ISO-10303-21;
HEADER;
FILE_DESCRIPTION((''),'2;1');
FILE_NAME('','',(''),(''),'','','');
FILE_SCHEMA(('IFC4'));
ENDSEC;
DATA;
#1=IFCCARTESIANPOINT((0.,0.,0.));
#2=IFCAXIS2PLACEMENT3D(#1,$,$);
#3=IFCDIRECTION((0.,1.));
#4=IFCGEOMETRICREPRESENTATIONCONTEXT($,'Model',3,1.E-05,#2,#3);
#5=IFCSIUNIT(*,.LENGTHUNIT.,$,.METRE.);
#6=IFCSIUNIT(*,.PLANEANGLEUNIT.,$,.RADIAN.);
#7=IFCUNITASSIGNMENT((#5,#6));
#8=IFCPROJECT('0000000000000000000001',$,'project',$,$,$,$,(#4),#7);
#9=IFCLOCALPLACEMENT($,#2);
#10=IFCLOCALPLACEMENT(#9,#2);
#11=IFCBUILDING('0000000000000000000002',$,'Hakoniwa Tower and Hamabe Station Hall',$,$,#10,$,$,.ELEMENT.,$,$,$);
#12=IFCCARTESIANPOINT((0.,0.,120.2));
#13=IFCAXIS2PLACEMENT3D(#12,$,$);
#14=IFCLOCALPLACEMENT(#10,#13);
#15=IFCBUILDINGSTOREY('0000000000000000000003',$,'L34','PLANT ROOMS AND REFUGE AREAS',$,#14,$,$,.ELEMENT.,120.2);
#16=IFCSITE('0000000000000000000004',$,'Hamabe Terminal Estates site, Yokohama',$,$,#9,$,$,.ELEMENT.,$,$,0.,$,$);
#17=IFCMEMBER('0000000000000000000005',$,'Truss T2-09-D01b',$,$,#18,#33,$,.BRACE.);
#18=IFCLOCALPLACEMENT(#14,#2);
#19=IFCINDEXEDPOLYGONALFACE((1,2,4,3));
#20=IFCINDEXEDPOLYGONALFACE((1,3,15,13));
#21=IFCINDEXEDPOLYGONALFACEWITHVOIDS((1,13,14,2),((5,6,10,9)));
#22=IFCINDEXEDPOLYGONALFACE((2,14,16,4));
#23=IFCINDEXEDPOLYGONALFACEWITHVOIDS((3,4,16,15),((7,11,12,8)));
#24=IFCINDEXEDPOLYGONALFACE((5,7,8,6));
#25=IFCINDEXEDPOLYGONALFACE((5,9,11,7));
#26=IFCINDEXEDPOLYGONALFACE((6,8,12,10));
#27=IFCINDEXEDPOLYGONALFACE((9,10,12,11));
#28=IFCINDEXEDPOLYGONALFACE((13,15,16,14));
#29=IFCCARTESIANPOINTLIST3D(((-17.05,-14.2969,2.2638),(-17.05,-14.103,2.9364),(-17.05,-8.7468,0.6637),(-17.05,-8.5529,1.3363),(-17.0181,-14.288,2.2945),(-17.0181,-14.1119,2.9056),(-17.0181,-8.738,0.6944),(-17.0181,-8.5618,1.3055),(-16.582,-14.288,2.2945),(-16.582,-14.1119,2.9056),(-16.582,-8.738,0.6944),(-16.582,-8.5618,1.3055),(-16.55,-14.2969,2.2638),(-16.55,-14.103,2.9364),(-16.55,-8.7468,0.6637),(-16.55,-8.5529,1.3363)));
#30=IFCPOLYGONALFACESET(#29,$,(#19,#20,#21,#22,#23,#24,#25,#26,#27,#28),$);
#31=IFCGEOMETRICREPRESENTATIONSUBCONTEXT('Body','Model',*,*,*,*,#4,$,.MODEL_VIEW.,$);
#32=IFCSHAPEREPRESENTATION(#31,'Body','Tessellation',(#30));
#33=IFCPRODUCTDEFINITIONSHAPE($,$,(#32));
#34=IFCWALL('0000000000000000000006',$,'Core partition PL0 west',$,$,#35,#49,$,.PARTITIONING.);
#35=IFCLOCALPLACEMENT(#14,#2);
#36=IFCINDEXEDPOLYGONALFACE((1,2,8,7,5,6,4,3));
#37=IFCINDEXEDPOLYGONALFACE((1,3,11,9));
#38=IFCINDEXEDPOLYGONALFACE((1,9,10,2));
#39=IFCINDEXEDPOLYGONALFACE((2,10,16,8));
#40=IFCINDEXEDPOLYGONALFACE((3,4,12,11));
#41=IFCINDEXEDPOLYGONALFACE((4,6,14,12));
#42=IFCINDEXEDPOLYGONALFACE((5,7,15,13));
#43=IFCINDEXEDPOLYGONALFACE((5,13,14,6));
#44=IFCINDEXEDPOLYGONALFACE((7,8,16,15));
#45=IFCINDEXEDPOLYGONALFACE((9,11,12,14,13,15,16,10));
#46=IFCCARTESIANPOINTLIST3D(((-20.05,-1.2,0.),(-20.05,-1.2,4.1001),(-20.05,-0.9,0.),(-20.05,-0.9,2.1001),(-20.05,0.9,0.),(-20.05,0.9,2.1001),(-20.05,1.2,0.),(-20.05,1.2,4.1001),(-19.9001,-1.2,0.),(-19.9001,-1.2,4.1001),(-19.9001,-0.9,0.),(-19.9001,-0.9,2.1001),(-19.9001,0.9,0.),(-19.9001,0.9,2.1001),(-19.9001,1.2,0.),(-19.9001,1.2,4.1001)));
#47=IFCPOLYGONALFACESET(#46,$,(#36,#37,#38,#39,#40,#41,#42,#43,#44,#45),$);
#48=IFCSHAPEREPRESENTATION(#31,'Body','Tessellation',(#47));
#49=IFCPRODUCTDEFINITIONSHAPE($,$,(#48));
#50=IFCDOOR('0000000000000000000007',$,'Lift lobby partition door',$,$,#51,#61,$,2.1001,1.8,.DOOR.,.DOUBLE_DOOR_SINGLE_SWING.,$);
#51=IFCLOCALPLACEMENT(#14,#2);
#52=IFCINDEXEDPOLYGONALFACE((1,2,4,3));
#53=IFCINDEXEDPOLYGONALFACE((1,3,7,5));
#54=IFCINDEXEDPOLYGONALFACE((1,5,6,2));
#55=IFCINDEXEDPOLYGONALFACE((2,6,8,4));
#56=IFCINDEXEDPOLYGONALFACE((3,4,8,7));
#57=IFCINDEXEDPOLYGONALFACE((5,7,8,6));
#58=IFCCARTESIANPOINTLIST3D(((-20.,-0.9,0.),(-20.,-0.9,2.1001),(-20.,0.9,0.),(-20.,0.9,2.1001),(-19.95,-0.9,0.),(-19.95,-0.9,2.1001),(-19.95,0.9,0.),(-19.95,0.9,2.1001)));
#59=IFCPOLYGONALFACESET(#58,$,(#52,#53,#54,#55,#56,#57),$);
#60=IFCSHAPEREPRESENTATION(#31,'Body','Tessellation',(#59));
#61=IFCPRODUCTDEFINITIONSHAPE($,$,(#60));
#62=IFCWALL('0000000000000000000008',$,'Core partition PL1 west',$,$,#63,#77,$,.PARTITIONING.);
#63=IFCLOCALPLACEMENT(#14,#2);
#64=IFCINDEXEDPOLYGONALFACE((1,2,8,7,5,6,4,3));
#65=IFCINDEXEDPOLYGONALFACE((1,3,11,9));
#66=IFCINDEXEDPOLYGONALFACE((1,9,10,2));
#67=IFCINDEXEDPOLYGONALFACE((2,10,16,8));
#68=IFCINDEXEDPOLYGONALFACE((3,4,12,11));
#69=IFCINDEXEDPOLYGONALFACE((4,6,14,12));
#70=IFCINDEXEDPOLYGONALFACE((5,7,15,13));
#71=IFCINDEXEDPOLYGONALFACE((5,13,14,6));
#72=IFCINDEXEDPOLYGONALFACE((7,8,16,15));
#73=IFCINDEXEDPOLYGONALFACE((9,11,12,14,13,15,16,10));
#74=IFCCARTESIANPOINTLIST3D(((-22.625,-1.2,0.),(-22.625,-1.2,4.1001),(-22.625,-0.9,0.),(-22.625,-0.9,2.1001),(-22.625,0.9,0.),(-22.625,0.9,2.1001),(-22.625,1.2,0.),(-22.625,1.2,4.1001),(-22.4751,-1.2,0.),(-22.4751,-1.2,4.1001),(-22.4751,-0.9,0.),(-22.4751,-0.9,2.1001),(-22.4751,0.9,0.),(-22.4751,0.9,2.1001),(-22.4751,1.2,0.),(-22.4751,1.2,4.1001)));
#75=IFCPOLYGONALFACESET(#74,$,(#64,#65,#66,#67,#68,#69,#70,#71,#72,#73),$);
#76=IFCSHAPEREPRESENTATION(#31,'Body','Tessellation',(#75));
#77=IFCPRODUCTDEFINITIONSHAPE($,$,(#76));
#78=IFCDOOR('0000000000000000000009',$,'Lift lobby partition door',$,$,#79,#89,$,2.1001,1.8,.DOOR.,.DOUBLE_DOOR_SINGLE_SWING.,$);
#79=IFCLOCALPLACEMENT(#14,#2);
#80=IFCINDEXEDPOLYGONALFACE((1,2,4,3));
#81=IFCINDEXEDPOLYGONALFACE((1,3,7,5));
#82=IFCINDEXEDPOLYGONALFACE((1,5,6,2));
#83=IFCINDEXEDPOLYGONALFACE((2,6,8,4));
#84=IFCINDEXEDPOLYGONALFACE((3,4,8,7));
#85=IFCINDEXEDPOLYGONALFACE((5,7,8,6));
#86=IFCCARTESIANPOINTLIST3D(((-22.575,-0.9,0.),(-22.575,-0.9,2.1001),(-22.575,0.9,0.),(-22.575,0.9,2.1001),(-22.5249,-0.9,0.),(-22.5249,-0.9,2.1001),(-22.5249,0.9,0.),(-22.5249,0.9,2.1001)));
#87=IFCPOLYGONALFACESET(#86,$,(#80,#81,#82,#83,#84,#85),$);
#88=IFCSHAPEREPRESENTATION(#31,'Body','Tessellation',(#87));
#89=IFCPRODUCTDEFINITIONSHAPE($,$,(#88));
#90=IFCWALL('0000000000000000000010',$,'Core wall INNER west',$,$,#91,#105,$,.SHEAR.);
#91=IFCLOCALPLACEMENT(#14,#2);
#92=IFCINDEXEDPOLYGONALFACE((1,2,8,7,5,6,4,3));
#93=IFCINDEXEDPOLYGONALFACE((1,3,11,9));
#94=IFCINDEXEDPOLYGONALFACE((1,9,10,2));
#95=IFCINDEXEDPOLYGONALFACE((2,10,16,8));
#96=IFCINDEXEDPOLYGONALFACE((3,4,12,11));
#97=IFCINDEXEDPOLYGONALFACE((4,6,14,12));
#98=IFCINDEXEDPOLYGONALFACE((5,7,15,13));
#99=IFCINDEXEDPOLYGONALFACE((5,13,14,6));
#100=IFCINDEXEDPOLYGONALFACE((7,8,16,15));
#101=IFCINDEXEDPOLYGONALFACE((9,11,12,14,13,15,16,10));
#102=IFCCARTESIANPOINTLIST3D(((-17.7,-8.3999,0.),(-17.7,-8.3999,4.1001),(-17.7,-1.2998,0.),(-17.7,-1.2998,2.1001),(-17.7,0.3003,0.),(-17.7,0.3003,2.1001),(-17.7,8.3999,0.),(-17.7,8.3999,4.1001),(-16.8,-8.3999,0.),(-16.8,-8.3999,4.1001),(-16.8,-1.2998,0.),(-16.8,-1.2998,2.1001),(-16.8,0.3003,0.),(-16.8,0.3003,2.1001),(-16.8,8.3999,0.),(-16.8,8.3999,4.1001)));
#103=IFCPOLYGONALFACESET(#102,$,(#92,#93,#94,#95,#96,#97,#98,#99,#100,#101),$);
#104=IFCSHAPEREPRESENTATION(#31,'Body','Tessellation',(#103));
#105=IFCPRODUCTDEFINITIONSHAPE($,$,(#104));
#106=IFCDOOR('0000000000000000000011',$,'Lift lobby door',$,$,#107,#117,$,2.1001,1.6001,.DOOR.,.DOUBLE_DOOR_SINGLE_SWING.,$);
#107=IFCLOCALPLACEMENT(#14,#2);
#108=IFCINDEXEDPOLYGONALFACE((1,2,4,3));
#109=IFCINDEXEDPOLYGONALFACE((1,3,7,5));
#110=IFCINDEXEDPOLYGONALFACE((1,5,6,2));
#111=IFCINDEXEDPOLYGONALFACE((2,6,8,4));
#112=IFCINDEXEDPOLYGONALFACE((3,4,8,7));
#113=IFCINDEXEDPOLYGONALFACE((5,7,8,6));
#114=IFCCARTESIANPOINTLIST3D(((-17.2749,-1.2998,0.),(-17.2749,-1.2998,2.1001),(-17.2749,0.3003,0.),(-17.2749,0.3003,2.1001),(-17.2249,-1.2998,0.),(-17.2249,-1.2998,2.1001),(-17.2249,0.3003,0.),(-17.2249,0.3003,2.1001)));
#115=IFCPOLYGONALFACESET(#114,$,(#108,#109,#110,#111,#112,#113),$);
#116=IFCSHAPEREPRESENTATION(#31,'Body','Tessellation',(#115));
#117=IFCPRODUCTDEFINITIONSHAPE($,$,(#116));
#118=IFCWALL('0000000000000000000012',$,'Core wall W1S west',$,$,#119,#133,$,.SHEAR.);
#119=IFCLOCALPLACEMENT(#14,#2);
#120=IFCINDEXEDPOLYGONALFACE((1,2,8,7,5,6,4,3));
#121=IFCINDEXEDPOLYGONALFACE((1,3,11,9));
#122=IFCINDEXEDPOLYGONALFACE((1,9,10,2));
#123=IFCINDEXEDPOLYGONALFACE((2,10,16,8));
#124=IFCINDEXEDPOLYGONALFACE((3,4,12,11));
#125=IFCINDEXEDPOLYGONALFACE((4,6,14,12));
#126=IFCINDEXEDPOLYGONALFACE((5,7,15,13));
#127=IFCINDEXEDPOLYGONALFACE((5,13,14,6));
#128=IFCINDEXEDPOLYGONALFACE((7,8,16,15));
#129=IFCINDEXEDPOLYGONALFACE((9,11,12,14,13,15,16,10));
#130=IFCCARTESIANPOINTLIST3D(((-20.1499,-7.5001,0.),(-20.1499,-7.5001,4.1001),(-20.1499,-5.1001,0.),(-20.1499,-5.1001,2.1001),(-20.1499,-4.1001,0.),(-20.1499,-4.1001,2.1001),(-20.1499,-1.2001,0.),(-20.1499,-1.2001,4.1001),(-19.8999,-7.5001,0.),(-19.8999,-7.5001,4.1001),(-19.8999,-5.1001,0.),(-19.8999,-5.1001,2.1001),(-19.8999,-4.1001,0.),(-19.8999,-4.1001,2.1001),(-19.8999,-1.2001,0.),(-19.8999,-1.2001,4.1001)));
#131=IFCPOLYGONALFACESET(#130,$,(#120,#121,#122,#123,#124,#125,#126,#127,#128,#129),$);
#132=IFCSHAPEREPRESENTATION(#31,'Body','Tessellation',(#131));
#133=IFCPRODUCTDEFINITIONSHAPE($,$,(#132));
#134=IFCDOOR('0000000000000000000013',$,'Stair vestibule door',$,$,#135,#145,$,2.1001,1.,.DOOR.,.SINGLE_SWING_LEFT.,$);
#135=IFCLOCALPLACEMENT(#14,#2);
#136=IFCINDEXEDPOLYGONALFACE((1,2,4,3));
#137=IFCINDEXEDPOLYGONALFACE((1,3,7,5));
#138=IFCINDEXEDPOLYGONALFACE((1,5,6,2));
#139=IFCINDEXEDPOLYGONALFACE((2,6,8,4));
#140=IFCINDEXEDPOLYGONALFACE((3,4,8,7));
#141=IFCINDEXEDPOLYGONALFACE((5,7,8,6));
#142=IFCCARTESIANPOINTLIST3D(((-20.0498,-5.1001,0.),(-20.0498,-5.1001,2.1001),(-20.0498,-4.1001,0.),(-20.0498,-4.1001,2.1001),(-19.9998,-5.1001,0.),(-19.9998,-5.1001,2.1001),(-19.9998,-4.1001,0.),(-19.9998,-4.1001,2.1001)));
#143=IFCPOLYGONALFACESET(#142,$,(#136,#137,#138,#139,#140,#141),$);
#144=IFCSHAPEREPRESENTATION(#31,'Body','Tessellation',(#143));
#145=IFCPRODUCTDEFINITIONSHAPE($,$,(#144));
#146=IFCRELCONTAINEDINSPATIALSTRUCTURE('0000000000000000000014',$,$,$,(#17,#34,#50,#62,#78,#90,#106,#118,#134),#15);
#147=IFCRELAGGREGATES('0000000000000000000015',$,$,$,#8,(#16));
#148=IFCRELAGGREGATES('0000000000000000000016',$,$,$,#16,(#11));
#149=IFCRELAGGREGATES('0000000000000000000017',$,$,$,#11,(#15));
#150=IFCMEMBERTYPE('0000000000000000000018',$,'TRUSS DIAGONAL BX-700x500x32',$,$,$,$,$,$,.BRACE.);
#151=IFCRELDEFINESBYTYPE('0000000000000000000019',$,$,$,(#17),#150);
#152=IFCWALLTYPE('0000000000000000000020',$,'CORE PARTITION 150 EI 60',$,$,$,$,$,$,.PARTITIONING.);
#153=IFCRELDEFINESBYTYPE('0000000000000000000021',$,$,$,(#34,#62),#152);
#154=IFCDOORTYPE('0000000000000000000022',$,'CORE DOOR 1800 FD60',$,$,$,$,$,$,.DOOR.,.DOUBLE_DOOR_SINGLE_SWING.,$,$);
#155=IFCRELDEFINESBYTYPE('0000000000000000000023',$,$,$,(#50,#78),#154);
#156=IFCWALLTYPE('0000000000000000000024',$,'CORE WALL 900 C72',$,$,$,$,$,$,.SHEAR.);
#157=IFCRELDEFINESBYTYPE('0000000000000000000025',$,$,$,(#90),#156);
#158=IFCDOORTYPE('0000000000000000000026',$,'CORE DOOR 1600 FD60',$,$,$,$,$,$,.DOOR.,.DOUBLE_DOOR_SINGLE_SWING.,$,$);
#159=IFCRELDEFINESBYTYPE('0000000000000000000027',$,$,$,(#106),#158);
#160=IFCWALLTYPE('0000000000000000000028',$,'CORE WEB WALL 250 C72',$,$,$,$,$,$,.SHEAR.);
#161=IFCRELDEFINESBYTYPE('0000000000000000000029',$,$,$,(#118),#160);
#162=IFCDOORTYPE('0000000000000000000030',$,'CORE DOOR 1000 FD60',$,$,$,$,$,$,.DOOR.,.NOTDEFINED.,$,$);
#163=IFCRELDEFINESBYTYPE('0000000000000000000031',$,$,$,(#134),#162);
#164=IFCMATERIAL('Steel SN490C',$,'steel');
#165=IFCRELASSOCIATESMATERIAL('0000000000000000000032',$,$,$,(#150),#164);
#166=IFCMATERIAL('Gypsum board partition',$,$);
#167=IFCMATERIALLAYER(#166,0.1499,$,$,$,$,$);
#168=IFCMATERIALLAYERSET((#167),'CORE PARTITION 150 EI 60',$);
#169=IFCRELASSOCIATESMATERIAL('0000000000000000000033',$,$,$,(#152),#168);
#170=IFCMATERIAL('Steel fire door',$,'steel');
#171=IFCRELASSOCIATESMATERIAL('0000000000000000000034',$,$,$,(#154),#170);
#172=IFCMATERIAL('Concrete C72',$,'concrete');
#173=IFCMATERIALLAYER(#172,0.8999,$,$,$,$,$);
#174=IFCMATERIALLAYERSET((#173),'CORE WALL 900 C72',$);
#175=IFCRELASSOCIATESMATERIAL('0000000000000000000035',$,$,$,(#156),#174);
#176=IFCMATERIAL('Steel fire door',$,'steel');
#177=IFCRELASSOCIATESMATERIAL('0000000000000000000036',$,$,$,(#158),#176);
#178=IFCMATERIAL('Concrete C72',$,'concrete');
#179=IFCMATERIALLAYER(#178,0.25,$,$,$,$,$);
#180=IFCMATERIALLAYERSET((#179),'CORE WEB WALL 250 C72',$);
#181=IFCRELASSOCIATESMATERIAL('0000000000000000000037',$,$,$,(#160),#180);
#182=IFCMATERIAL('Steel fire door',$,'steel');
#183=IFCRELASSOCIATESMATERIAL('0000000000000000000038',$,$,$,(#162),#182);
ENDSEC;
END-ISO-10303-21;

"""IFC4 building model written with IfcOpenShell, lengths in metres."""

from ifc_helpers import new_model, si_unit, direction, frame, frame_2d, origin, origin_2d, place, context, subcontext, project, spatial, rectangle, hollow_rectangle, extrude, material, layer, layer_set, material_profile, profile_set, type_object, element, fill, save


model = new_model("IFC4")

# Units and contexts
model_context = context("Model", 3, precision=1e-05, world=origin(), true_north=direction((0.0, 1.0)))
body_context = subcontext(model_context, "Body", "Model", "MODEL_VIEW")
ifc_project = project(units=[si_unit("LENGTHUNIT", "METRE"), si_unit("PLANEANGLEUNIT", "RADIAN")], contexts=[model_context])

# Site, building, storey
site_placement = place(None, origin())
site = spatial("IfcSite", under=ifc_project, at=site_placement, Name="Hamabe Terminal Estates site, Yokohama", CompositionType="ELEMENT", RefElevation=0.0)
building_placement = place(site_placement, origin())
building = spatial("IfcBuilding", under=site, at=building_placement, Name="Hakoniwa Tower and Hamabe Station Hall", CompositionType="ELEMENT")
storey_placement = place(building_placement, frame((0.0, 0.0, 120.2)))
storey = spatial("IfcBuildingStorey", under=building, at=storey_placement, Name="L34", Description="PLANT ROOMS AND REFUGE AREAS", CompositionType="ELEMENT", Elevation=120.2)

# Member
ifc_material_1 = material(Name="Steel SN490C", Category="steel")
ifc_material_profile_1 = material_profile(ifc_material_1, hollow_rectangle(XDim=0.5, YDim=0.7, WallThickness=0.032, at=origin_2d()), Name="BX-700x500x32")
ifc_profile_set_1 = profile_set([ifc_material_profile_1], Name="Steel SN490C")
member_type = type_object("IfcMemberType", Name="TRUSS DIAGONAL BX-700x500x32", PredefinedType="BRACE", material=ifc_profile_set_1)
member_placement = place(storey_placement, frame((-16.8, -14.2, 2.6001), z_axis=(0.0, 0.960864, -0.27702), x_axis=(-1.0, 0.0, 0.0)))
element("IfcMember", 1, at=member_placement, inside=storey, type_object=member_type, Name="Truss T2-09-D01b", PredefinedType="BRACE", context=body_context, shape_type="SweptSolid", body=[
    extrude(hollow_rectangle(XDim=0.5, YDim=0.7, WallThickness=0.032, at=origin_2d()), origin(), (0.0, 0.0, 1.0), 5.7761),
])

# Walls, openings, doors
ifc_material_2 = material(Name="Gypsum board partition")
ifc_layer_1 = layer(ifc_material_2, 0.1499)
ifc_layer_set_1 = layer_set([ifc_layer_1], Name="CORE PARTITION 150 EI 60")
wall_type_1 = type_object("IfcWallType", Name="CORE PARTITION 150 EI 60", PredefinedType="PARTITIONING", material=ifc_layer_set_1)
wall_1_placement = place(storey_placement, frame((-19.9751, -1.2, 0.0), z_axis=(0.0, 0.0, 1.0), x_axis=(0.0, 1.0, 0.0)))
wall_1 = element("IfcWall", 2, at=wall_1_placement, inside=storey, type_object=wall_type_1, Name="Core partition PL0 west", PredefinedType="PARTITIONING", context=body_context, shape_type="SweptSolid", body=[
    extrude(rectangle(XDim=2.3999, YDim=0.1499, at=frame_2d((1.2, 0.0))), origin(), (0.0, 0.0, 1.0), 4.1001),
])
opening_1_placement = place(wall_1_placement, frame((0.3, 0.0, 0.0)))
opening_1 = element("IfcOpeningElement", 3, at=opening_1_placement, cuts=wall_1, PredefinedType="OPENING", context=body_context, shape_type="SweptSolid", body=[
    extrude(rectangle(XDim=1.8, YDim=2.1001, at=frame_2d((0.8999, 1.05))), frame((0.0, 0.085, 0.0), z_axis=(0.0, -1.0, 0.0), x_axis=(1.0, 0.0, 0.0)), (0.0, 0.0, 1.0), 0.1699),
])
ifc_material_3 = material(Name="Steel fire door", Category="steel")
door_type_1 = type_object("IfcDoorType", Name="CORE DOOR 1800 FD60", OperationType="DOUBLE_DOOR_SINGLE_SWING", PredefinedType="DOOR", material=ifc_material_3)
door_1_placement = place(opening_1_placement, origin())
door_1 = element("IfcDoor", 4, at=door_1_placement, inside=storey, type_object=door_type_1, Name="Lift lobby partition door", OperationType="DOUBLE_DOOR_SINGLE_SWING", OverallHeight=2.1001, OverallWidth=1.8, PredefinedType="DOOR", context=body_context, shape_type="SweptSolid", body=[
    extrude(rectangle(XDim=1.8, YDim=2.1001, at=frame_2d((0.8999, 1.05))), frame((0.0, 0.0249, 0.0), z_axis=(0.0, -1.0, 0.0), x_axis=(1.0, 0.0, 0.0)), (0.0, 0.0, 1.0), 0.05),
])
fill(opening_1, door_1)
wall_2_placement = place(storey_placement, frame((-22.55, -1.2, 0.0), z_axis=(0.0, 0.0, 1.0), x_axis=(0.0, 1.0, 0.0)))
wall_2 = element("IfcWall", 5, at=wall_2_placement, inside=storey, type_object=wall_type_1, Name="Core partition PL1 west", PredefinedType="PARTITIONING", context=body_context, shape_type="SweptSolid", body=[
    extrude(rectangle(XDim=2.3999, YDim=0.1499, at=frame_2d((1.2, 0.0))), origin(), (0.0, 0.0, 1.0), 4.1001),
])
opening_2_placement = place(wall_2_placement, frame((0.3, 0.0, 0.0)))
opening_2 = element("IfcOpeningElement", 6, at=opening_2_placement, cuts=wall_2, PredefinedType="OPENING", context=body_context, shape_type="SweptSolid", body=[
    extrude(rectangle(XDim=1.8, YDim=2.1001, at=frame_2d((0.8999, 1.05))), frame((0.0, 0.085, 0.0), z_axis=(0.0, -1.0, 0.0), x_axis=(1.0, 0.0, 0.0)), (0.0, 0.0, 1.0), 0.1699),
])
door_2_placement = place(opening_2_placement, origin())
door_2 = element("IfcDoor", 7, at=door_2_placement, inside=storey, type_object=door_type_1, Name="Lift lobby partition door", OperationType="DOUBLE_DOOR_SINGLE_SWING", OverallHeight=2.1001, OverallWidth=1.8, PredefinedType="DOOR", context=body_context, shape_type="SweptSolid", body=[
    extrude(rectangle(XDim=1.8, YDim=2.1001, at=frame_2d((0.8999, 1.05))), frame((0.0, 0.0249, 0.0), z_axis=(0.0, -1.0, 0.0), x_axis=(1.0, 0.0, 0.0)), (0.0, 0.0, 1.0), 0.05),
])
fill(opening_2, door_2)
ifc_material_4 = material(Name="Concrete C72", Category="concrete")
ifc_layer_2 = layer(ifc_material_4, 0.8999)
ifc_layer_set_2 = layer_set([ifc_layer_2], Name="CORE WALL 900 C72")
wall_type_2 = type_object("IfcWallType", Name="CORE WALL 900 C72", PredefinedType="SHEAR", material=ifc_layer_set_2)
wall_3_placement = place(storey_placement, frame((-17.25, -8.3999, 0.0), z_axis=(0.0, 0.0, 1.0), x_axis=(0.0, 1.0, 0.0)))
wall_3 = element("IfcWall", 8, at=wall_3_placement, inside=storey, type_object=wall_type_2, Name="Core wall INNER west", PredefinedType="SHEAR", context=body_context, shape_type="SweptSolid", body=[
    extrude(rectangle(XDim=16.7998, YDim=0.8999, at=frame_2d((8.3999, 0.0))), origin(), (0.0, 0.0, 1.0), 4.1001),
])
opening_3_placement = place(wall_3_placement, frame((7.1001, 0.0, 0.0)))
opening_3 = element("IfcOpeningElement", 9, at=opening_3_placement, cuts=wall_3, PredefinedType="OPENING", context=body_context, shape_type="SweptSolid", body=[
    extrude(rectangle(XDim=1.6001, YDim=2.1001, at=frame_2d((0.8, 1.05))), frame((0.0, 0.46, 0.0), z_axis=(0.0, -1.0, 0.0), x_axis=(1.0, 0.0, 0.0)), (0.0, 0.0, 1.0), 0.9199),
])
ifc_material_5 = material(Name="Steel fire door", Category="steel")
door_type_2 = type_object("IfcDoorType", Name="CORE DOOR 1600 FD60", OperationType="DOUBLE_DOOR_SINGLE_SWING", PredefinedType="DOOR", material=ifc_material_5)
door_3_placement = place(opening_3_placement, origin())
door_3 = element("IfcDoor", 10, at=door_3_placement, inside=storey, type_object=door_type_2, Name="Lift lobby door", OperationType="DOUBLE_DOOR_SINGLE_SWING", OverallHeight=2.1001, OverallWidth=1.6001, PredefinedType="DOOR", context=body_context, shape_type="SweptSolid", body=[
    extrude(rectangle(XDim=1.6001, YDim=2.1001, at=frame_2d((0.8, 1.05))), frame((0.0, 0.0249, 0.0), z_axis=(0.0, -1.0, 0.0), x_axis=(1.0, 0.0, 0.0)), (0.0, 0.0, 1.0), 0.05),
])
fill(opening_3, door_3)
ifc_material_6 = material(Name="Concrete C72", Category="concrete")
ifc_layer_3 = layer(ifc_material_6, 0.25)
ifc_layer_set_3 = layer_set([ifc_layer_3], Name="CORE WEB WALL 250 C72")
wall_type_3 = type_object("IfcWallType", Name="CORE WEB WALL 250 C72", PredefinedType="SHEAR", material=ifc_layer_set_3)
wall_4_placement = place(storey_placement, frame((-20.0249, -7.5, 0.0), z_axis=(0.0, 0.0, 1.0), x_axis=(0.0, 1.0, 0.0)))
wall_4 = element("IfcWall", 11, at=wall_4_placement, inside=storey, type_object=wall_type_3, Name="Core wall W1S west", PredefinedType="SHEAR", context=body_context, shape_type="SweptSolid", body=[
    extrude(rectangle(XDim=6.3, YDim=0.25, at=frame_2d((3.1499, 0.0))), origin(), (0.0, 0.0, 1.0), 4.1001),
])
opening_4_placement = place(wall_4_placement, frame((2.3999, 0.0, 0.0)))
opening_4 = element("IfcOpeningElement", 12, at=opening_4_placement, cuts=wall_4, PredefinedType="OPENING", context=body_context, shape_type="SweptSolid", body=[
    extrude(rectangle(XDim=1.0, YDim=2.1001, at=frame_2d((0.5, 1.05))), frame((0.0, 0.135, 0.0), z_axis=(0.0, -1.0, 0.0), x_axis=(1.0, 0.0, 0.0)), (0.0, 0.0, 1.0), 0.27),
])
ifc_material_7 = material(Name="Steel fire door", Category="steel")
door_type_3 = type_object("IfcDoorType", Name="CORE DOOR 1000 FD60", OperationType="NOTDEFINED", PredefinedType="DOOR", material=ifc_material_7)
door_4_placement = place(opening_4_placement, origin())
door_4 = element("IfcDoor", 13, at=door_4_placement, inside=storey, type_object=door_type_3, Name="Stair vestibule door", OperationType="SINGLE_SWING_LEFT", OverallHeight=2.1001, OverallWidth=1.0, PredefinedType="DOOR", context=body_context, shape_type="SweptSolid", body=[
    extrude(rectangle(XDim=1.0, YDim=2.1001, at=frame_2d((0.5, 1.05))), frame((0.0, 0.0249, 0.0), z_axis=(0.0, -1.0, 0.0), x_axis=(1.0, 0.0, 0.0)), (0.0, 0.0, 1.0), 0.05),
])
fill(opening_4, door_4)

save(model, "model.ifc")
